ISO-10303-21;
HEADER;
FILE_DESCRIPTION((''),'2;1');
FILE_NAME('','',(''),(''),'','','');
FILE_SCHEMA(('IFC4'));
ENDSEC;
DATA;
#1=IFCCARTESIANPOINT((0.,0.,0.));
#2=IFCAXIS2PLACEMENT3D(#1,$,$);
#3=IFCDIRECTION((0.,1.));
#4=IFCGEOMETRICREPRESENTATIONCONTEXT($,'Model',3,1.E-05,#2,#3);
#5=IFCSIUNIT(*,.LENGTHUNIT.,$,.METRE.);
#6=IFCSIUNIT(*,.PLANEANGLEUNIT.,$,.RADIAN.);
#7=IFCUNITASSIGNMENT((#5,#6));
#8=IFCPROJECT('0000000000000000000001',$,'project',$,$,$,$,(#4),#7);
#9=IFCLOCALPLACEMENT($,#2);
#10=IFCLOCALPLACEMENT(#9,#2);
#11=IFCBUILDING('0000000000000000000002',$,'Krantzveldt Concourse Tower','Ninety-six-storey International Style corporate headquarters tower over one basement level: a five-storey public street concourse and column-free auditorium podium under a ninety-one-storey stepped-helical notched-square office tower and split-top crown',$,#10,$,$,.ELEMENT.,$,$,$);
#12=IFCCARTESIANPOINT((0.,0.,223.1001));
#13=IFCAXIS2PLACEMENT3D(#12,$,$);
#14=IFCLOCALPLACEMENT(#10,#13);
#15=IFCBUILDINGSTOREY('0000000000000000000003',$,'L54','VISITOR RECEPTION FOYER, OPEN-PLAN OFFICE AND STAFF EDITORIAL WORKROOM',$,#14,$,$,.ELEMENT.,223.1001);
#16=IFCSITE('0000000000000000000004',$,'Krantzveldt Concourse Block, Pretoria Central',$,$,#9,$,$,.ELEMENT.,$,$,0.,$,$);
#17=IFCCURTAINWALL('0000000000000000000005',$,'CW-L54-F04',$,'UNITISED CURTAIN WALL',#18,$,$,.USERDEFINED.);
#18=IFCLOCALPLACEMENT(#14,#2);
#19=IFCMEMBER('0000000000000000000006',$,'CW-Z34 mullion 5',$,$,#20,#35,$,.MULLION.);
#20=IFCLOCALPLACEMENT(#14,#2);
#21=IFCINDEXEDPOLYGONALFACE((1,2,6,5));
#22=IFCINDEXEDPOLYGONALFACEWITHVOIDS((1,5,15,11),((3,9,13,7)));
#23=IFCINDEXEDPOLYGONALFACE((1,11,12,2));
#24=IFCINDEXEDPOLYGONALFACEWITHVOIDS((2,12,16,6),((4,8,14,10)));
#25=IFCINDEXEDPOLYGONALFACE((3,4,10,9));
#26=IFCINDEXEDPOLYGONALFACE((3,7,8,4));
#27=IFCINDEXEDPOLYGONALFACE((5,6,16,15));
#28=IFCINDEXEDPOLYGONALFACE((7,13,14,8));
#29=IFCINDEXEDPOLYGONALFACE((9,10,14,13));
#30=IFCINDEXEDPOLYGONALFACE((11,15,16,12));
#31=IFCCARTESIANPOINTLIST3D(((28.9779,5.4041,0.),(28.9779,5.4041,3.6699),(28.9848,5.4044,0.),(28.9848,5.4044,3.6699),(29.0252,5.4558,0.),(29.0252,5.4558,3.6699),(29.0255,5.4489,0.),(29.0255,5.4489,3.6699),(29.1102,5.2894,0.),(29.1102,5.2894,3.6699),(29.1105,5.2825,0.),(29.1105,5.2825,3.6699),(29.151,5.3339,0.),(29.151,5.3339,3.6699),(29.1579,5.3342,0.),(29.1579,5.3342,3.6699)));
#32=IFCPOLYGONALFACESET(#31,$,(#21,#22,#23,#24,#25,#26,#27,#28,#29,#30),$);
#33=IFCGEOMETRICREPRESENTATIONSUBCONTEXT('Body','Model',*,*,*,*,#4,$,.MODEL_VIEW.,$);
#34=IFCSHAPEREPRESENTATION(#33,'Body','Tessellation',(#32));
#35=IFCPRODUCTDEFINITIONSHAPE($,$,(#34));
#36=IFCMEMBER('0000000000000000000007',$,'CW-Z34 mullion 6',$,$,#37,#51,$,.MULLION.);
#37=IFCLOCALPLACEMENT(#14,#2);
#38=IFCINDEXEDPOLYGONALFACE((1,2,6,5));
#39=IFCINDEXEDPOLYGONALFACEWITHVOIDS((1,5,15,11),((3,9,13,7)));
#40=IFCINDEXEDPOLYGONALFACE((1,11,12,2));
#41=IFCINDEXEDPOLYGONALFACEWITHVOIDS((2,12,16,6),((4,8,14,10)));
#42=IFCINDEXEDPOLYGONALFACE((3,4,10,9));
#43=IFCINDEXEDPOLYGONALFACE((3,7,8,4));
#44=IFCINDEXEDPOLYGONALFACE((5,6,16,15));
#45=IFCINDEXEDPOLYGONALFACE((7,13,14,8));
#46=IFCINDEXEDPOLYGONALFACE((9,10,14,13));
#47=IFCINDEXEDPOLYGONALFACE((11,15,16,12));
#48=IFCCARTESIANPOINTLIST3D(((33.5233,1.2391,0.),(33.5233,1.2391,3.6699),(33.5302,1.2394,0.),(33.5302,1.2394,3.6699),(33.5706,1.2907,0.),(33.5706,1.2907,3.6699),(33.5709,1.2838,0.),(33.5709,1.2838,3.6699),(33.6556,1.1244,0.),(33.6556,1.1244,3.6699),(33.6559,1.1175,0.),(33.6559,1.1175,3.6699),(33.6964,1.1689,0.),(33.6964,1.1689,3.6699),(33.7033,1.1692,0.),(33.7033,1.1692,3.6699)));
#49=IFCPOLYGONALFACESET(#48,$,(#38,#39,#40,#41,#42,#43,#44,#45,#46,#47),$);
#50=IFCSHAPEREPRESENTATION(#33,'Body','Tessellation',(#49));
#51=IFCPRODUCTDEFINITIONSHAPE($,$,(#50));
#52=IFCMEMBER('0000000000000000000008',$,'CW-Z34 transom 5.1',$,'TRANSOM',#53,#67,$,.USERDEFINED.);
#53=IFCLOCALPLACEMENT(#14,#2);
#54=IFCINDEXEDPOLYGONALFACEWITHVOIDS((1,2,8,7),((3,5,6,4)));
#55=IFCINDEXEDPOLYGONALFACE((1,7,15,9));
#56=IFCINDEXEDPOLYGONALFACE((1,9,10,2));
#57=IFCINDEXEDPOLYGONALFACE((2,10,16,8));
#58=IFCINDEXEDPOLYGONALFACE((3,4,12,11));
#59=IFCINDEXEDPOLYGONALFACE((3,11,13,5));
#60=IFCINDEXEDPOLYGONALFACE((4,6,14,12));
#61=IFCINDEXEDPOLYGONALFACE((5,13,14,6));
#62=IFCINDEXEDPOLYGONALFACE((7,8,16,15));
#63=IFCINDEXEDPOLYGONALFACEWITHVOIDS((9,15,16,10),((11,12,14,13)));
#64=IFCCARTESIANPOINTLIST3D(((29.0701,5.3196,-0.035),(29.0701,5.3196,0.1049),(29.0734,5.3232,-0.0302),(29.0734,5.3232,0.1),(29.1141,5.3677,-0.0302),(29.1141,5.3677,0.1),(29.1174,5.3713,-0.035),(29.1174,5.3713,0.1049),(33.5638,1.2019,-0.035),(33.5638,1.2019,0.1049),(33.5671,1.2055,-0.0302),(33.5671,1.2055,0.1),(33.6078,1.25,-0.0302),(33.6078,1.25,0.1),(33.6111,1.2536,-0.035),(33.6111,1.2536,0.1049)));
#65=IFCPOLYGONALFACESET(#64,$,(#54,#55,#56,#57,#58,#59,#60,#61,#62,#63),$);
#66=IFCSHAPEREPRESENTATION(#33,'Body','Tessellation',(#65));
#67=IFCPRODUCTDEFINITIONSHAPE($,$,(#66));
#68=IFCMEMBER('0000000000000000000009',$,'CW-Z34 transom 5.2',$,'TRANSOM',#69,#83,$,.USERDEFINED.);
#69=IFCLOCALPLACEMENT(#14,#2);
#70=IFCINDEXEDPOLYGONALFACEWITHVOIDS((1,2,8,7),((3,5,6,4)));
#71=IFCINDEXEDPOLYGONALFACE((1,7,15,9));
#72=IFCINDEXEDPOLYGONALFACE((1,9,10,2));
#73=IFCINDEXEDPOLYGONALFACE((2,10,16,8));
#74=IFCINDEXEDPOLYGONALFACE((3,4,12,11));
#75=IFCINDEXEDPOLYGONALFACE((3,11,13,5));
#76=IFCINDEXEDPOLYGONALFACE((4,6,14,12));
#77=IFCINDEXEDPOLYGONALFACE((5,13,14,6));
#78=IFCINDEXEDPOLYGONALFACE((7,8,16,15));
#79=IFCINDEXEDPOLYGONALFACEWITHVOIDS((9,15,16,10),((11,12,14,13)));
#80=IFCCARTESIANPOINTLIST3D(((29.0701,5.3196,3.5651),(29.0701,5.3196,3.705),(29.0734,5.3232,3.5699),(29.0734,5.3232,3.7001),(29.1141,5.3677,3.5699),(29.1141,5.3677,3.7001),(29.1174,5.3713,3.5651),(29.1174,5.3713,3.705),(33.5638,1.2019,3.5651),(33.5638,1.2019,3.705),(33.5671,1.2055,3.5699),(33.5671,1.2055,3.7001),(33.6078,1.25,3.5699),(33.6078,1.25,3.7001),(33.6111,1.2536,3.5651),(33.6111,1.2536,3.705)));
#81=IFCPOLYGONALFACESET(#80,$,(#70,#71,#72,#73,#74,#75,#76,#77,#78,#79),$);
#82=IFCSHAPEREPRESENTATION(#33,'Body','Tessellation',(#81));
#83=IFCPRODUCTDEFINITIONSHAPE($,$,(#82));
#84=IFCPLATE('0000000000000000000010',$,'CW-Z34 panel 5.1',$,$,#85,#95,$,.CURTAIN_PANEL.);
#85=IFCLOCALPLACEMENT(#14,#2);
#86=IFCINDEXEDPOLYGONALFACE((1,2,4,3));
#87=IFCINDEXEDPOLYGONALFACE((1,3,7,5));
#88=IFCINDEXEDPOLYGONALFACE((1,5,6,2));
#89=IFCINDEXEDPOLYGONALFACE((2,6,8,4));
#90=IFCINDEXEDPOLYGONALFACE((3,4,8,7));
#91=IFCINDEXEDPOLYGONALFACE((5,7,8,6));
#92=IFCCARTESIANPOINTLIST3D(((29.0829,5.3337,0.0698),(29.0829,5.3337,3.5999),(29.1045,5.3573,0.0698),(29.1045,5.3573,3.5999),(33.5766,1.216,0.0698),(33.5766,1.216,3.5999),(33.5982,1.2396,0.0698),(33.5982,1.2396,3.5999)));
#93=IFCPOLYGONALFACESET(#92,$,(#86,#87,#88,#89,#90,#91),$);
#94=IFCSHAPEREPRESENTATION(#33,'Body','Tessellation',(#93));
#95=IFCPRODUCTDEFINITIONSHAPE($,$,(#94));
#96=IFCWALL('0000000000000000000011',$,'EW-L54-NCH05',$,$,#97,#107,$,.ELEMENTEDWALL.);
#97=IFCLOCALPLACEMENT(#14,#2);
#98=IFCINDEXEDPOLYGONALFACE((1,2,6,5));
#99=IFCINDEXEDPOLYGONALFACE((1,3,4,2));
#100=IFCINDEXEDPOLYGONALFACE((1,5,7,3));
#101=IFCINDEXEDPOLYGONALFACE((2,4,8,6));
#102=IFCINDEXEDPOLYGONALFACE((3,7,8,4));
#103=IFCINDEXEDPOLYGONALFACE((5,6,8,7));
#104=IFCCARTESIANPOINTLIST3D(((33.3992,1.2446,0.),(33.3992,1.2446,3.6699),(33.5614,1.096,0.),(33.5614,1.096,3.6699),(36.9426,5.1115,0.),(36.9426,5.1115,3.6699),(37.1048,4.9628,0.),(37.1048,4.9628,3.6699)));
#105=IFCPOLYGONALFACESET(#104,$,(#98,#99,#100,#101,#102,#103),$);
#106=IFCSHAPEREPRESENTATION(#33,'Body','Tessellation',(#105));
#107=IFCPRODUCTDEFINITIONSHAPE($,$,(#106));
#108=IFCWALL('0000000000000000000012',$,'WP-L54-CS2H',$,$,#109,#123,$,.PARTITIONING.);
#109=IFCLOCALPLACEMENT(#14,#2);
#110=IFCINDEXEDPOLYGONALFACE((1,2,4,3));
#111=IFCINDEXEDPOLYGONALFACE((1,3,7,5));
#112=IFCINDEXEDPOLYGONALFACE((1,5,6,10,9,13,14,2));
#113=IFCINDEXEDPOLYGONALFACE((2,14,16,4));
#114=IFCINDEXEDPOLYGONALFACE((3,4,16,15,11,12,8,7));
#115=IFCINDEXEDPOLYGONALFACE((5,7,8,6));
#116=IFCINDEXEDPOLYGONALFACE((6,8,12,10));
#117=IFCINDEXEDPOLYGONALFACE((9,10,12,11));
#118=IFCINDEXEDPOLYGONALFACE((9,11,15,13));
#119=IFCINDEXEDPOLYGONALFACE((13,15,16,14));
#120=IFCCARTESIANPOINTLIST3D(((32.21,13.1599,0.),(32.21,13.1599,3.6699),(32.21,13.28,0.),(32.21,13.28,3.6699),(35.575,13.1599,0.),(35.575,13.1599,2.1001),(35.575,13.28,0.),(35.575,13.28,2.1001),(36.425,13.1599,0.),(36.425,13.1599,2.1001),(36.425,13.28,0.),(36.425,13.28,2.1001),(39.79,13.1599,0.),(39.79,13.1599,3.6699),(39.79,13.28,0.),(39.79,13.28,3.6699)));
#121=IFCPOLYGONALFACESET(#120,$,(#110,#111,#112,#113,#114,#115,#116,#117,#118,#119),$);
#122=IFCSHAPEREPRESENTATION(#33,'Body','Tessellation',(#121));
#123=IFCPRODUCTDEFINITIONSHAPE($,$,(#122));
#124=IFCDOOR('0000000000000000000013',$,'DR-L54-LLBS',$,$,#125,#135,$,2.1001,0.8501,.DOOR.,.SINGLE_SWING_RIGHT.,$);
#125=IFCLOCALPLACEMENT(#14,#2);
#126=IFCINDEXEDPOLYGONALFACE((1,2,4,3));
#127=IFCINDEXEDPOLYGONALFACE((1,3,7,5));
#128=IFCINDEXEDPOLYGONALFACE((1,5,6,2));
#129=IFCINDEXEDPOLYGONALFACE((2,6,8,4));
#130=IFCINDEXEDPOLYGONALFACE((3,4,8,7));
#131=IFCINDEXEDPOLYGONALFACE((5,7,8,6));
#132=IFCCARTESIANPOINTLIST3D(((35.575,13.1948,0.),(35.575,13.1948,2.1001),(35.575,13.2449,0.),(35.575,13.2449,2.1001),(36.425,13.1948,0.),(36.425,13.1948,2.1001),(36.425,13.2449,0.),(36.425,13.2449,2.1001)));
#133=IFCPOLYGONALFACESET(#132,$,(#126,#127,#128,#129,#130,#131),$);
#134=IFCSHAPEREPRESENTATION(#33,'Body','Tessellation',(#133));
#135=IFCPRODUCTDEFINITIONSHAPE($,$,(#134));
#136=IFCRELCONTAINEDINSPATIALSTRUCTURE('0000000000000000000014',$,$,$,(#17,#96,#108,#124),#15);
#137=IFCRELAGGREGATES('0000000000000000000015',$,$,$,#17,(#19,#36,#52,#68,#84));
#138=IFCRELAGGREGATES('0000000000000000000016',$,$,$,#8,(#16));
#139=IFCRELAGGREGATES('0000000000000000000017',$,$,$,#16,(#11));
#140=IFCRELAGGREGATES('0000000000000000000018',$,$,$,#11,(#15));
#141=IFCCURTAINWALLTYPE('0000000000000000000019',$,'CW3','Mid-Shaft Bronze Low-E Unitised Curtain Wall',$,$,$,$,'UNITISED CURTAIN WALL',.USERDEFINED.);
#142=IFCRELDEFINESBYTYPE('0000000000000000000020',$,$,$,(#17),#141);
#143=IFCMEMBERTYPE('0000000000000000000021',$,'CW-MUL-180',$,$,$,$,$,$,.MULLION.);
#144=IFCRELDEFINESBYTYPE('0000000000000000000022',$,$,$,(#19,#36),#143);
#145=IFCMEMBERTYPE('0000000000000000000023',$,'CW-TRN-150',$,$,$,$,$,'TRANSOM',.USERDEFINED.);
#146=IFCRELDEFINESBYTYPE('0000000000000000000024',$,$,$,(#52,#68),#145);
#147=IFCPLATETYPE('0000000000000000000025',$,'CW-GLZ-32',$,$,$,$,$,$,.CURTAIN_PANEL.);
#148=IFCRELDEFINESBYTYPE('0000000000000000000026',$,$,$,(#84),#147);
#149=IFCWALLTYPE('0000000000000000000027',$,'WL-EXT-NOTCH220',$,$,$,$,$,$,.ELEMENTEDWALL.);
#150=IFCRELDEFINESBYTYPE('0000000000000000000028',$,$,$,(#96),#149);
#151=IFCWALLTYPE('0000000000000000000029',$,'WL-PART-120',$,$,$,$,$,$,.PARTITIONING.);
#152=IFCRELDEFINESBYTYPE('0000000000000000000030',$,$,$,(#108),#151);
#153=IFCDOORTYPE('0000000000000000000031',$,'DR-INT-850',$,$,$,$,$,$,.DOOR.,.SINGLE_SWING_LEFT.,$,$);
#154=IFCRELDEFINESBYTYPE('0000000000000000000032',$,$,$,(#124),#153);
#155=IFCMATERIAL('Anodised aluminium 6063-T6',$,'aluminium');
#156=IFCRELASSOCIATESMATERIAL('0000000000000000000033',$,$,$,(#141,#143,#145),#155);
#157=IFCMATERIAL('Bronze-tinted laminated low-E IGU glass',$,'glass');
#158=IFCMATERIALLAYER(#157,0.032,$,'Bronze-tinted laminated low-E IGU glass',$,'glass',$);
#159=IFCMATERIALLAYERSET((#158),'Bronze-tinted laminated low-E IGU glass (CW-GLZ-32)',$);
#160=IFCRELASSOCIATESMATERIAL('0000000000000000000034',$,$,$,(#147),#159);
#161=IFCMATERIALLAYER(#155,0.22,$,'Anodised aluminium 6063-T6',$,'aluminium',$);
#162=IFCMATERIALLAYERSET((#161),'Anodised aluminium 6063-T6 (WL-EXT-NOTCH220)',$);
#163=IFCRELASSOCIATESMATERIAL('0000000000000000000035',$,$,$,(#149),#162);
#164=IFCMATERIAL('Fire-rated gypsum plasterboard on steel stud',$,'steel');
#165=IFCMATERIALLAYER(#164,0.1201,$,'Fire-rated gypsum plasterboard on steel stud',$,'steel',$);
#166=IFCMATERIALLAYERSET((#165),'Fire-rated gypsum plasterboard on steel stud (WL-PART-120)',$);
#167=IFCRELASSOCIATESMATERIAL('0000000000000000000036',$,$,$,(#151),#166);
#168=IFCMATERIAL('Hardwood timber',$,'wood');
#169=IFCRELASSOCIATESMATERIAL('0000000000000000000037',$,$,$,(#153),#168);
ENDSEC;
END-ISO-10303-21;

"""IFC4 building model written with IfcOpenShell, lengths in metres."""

from ifc_helpers import new_model, si_unit, direction, frame, frame_2d, origin, origin_2d, place, context, subcontext, project, spatial, rectangle, hollow_rectangle, extrude, source, transform, mapped, material, layer, layer_set, material_profile, profile_set, type_object, type_shapes, element, fill, aggregate, save


model = new_model("IFC4")

# Units and contexts
model_context = context("Model", 3, precision=1e-05, world=origin(), true_north=direction((0.0, 1.0)))
body_context = subcontext(model_context, "Body", "Model", "MODEL_VIEW")
ifc_project = project(units=[si_unit("LENGTHUNIT", "METRE"), si_unit("PLANEANGLEUNIT", "RADIAN")], contexts=[model_context])

# Site, building, storey
site_placement = place(None, origin())
site = spatial("IfcSite", under=ifc_project, at=site_placement, Name="Krantzveldt Concourse Block, Pretoria Central", CompositionType="ELEMENT", RefElevation=0.0)
building_placement = place(site_placement, origin())
building = spatial("IfcBuilding", under=site, at=building_placement, Name="Krantzveldt Concourse Tower", Description="Ninety-six-storey International Style corporate headquarters tower over one basement level: a five-storey public street concourse and column-free auditorium podium under a ninety-one-storey stepped-helical notched-square office tower and split-top crown", CompositionType="ELEMENT")
storey_placement = place(building_placement, frame((0.0, 0.0, 223.1001)))
storey = spatial("IfcBuildingStorey", under=building, at=storey_placement, Name="L54", Description="VISITOR RECEPTION FOYER, OPEN-PLAN OFFICE AND STAFF EDITORIAL WORKROOM", CompositionType="ELEMENT", Elevation=223.1001)

# Curtain wall, members, plate
ifc_material_1 = material(Name="Anodised aluminium 6063-T6", Category="aluminium")
curtain_wall_type = type_object("IfcCurtainWallType", Name="CW3", Description="Mid-Shaft Bronze Low-E Unitised Curtain Wall", ElementType="UNITISED CURTAIN WALL", PredefinedType="USERDEFINED", material=ifc_material_1)
curtain_wall_placement = place(storey_placement, origin())
curtain_wall = element("IfcCurtainWall", 1, at=curtain_wall_placement, inside=storey, type_object=curtain_wall_type, Name="CW-L54-F04", ObjectType="UNITISED CURTAIN WALL", PredefinedType="USERDEFINED")
ifc_material_profile_1 = material_profile(ifc_material_1, hollow_rectangle(XDim=0.0701, YDim=0.1799, WallThickness=0.0049, at=origin_2d()), Name="Anodised aluminium 6063-T6", Category="aluminium")
ifc_profile_set_1 = profile_set([ifc_material_profile_1], Name="Anodised aluminium 6063-T6 - ALU-MULL 180x70x5")
member_type_1 = type_object("IfcMemberType", Name="CW-MUL-180", PredefinedType="MULLION", material=ifc_profile_set_1)
shared_shape_1 = source(origin(), body_context, "Body", "SweptSolid", [
    extrude(hollow_rectangle(XDim=0.0701, YDim=0.1799, WallThickness=0.0049, at=origin_2d()), origin(), (0.0, 0.0, 1.0), 3.6699),
])
type_shapes(member_type_1, [shared_shape_1])
member_1_placement = place(storey_placement, frame((29.0679, 5.3691, 0.0), z_axis=(0.0, 0.0, 1.0), x_axis=(0.67559, 0.737277, 0.0)))
member_1 = element("IfcMember", 2, at=member_1_placement, type_object=member_type_1, Name="CW-Z34 mullion 5", PredefinedType="MULLION", context=body_context, shape_type="MappedRepresentation", body=[
    mapped(shared_shape_1, transform((0.0, 0.0, 0.0), x_axis=(1.0, 0.0, 0.0), y_axis=(0.0, 1.0, 0.0), z_axis=(0.0, 0.0, 1.0), scale=1.0)),
])
member_2_placement = place(storey_placement, frame((33.6133, 1.2041, 0.0), z_axis=(0.0, 0.0, 1.0), x_axis=(0.67559, 0.737277, 0.0)))
member_2 = element("IfcMember", 3, at=member_2_placement, type_object=member_type_1, Name="CW-Z34 mullion 6", PredefinedType="MULLION", context=body_context, shape_type="MappedRepresentation", body=[
    mapped(shared_shape_1, transform((0.0, 0.0, 0.0), x_axis=(1.0, 0.0, 0.0), y_axis=(0.0, 1.0, 0.0), z_axis=(0.0, 0.0, 1.0), scale=1.0)),
])
ifc_material_profile_2 = material_profile(ifc_material_1, hollow_rectangle(XDim=0.0701, YDim=0.1399, WallThickness=0.0049, at=origin_2d()), Name="Anodised aluminium 6063-T6", Category="aluminium")
ifc_profile_set_2 = profile_set([ifc_material_profile_2], Name="Anodised aluminium 6063-T6 - ALU-TRAN 140x70x5")
member_type_2 = type_object("IfcMemberType", Name="CW-TRN-150", ElementType="TRANSOM", PredefinedType="USERDEFINED", material=ifc_profile_set_2)
shared_shape_2 = source(origin(), body_context, "Body", "SweptSolid", [
    extrude(hollow_rectangle(XDim=0.0701, YDim=0.1399, WallThickness=0.0049, at=origin_2d()), origin(), (0.0, 0.0, 1.0), 6.095),
])
type_shapes(member_type_2, [shared_shape_2])
member_3_placement = place(storey_placement, frame((29.0938, 5.3455, 0.0349), z_axis=(0.737277, -0.67559, 0.0), x_axis=(0.67559, 0.737277, 0.0)))
member_3 = element("IfcMember", 4, at=member_3_placement, type_object=member_type_2, Name="CW-Z34 transom 5.1", ObjectType="TRANSOM", PredefinedType="USERDEFINED", context=body_context, shape_type="MappedRepresentation", body=[
    mapped(shared_shape_2, transform((0.0, 0.0, 0.0), x_axis=(1.0, 0.0, 0.0), y_axis=(0.0, 1.0, 0.0), z_axis=(0.0, 0.0, 1.0), scale=1.0)),
])
member_4_placement = place(storey_placement, frame((29.0938, 5.3455, 3.635), z_axis=(0.737277, -0.67559, 0.0), x_axis=(0.67559, 0.737277, 0.0)))
member_4 = element("IfcMember", 5, at=member_4_placement, type_object=member_type_2, Name="CW-Z34 transom 5.2", ObjectType="TRANSOM", PredefinedType="USERDEFINED", context=body_context, shape_type="MappedRepresentation", body=[
    mapped(shared_shape_2, transform((0.0, 0.0, 0.0), x_axis=(1.0, 0.0, 0.0), y_axis=(0.0, 1.0, 0.0), z_axis=(0.0, 0.0, 1.0), scale=1.0)),
])
ifc_material_2 = material(Name="Bronze-tinted laminated low-E IGU glass", Category="glass")
ifc_layer_1 = layer(ifc_material_2, 0.032, Name="Bronze-tinted laminated low-E IGU glass", Category="glass")
ifc_layer_set_1 = layer_set([ifc_layer_1], Name="Bronze-tinted laminated low-E IGU glass (CW-GLZ-32)")
plate_type = type_object("IfcPlateType", Name="CW-GLZ-32", PredefinedType="CURTAIN_PANEL", material=ifc_layer_set_1)
shared_shape_3 = source(origin(), body_context, "Body", "SweptSolid", [
    extrude(rectangle(XDim=6.095, YDim=0.032, at=origin_2d()), origin(), (0.0, 0.0, 1.0), 3.53),
])
type_shapes(plate_type, [shared_shape_3])
plate_placement = place(storey_placement, frame((31.3406, 3.2866, 0.0698), z_axis=(0.0, 0.0, 1.0), x_axis=(0.737277, -0.67559, 0.0)))
plate = element("IfcPlate", 6, at=plate_placement, type_object=plate_type, Name="CW-Z34 panel 5.1", PredefinedType="CURTAIN_PANEL", context=body_context, shape_type="MappedRepresentation", body=[
    mapped(shared_shape_3, transform((0.0, 0.0, 0.0), x_axis=(1.0, 0.0, 0.0), y_axis=(0.0, 1.0, 0.0), z_axis=(0.0, 0.0, 1.0), scale=1.0)),
])
aggregate(curtain_wall, [member_1, member_2, member_3, member_4, plate])

# Wall
ifc_layer_2 = layer(ifc_material_1, 0.22, Name="Anodised aluminium 6063-T6", Category="aluminium")
ifc_layer_set_2 = layer_set([ifc_layer_2], Name="Anodised aluminium 6063-T6 (WL-EXT-NOTCH220)")
wall_type_1 = type_object("IfcWallType", Name="WL-EXT-NOTCH220", PredefinedType="ELEMENTEDWALL", material=ifc_layer_set_2)
wall_1_placement = place(storey_placement, frame((33.4802, 1.1702, 0.0), z_axis=(0.0, 0.0, 1.0), x_axis=(0.675596, 0.737272, 0.0)))
element("IfcWall", 7, at=wall_1_placement, inside=storey, type_object=wall_type_1, Name="EW-L54-NCH05", PredefinedType="ELEMENTEDWALL", context=body_context, shape_type="SweptSolid", body=[
    extrude(rectangle(XDim=5.2449, YDim=0.22, at=frame_2d((2.6226, 0.0))), origin(), (0.0, 0.0, 1.0), 3.6699),
])

# Wall, opening, door
ifc_material_3 = material(Name="Fire-rated gypsum plasterboard on steel stud", Category="steel")
ifc_layer_3 = layer(ifc_material_3, 0.1201, Name="Fire-rated gypsum plasterboard on steel stud", Category="steel")
ifc_layer_set_3 = layer_set([ifc_layer_3], Name="Fire-rated gypsum plasterboard on steel stud (WL-PART-120)")
wall_type_2 = type_object("IfcWallType", Name="WL-PART-120", PredefinedType="PARTITIONING", material=ifc_layer_set_3)
wall_2_placement = place(storey_placement, frame((32.21, 13.22, 0.0), z_axis=(0.0, 0.0, 1.0), x_axis=(1.0, 0.0, 0.0)))
wall_2 = element("IfcWall", 8, at=wall_2_placement, inside=storey, type_object=wall_type_2, Name="WP-L54-CS2H", PredefinedType="PARTITIONING", context=body_context, shape_type="SweptSolid", body=[
    extrude(rectangle(XDim=7.5801, YDim=0.1201, at=frame_2d((3.79, 0.0))), origin(), (0.0, 0.0, 1.0), 3.6699),
])
opening_1_placement = place(wall_2_placement, frame((3.365, 0.0, 0.0)))
opening_1 = element("IfcOpeningElement", 9, at=opening_1_placement, cuts=wall_2, PredefinedType="OPENING", context=body_context, shape_type="SweptSolid", body=[
    extrude(rectangle(XDim=0.8501, YDim=2.1001, at=frame_2d((0.425, 1.05))), frame((0.0, 0.0701, 0.0), z_axis=(0.0, -1.0, 0.0), x_axis=(1.0, 0.0, 0.0)), (0.0, 0.0, 1.0), 0.1401),
])
ifc_material_4 = material(Name="Hardwood timber", Category="wood")
door_type_1 = type_object("IfcDoorType", Name="DR-INT-850", OperationType="SINGLE_SWING_LEFT", PredefinedType="DOOR", material=ifc_material_4)
door_1_placement = place(opening_1_placement, origin())
door_1 = element("IfcDoor", 10, at=door_1_placement, inside=storey, type_object=door_type_1, Name="DR-L54-LLBS", OperationType="SINGLE_SWING_RIGHT", OverallHeight=2.1001, OverallWidth=0.8501, PredefinedType="DOOR", context=body_context, shape_type="SweptSolid", body=[
    extrude(rectangle(XDim=0.8501, YDim=2.1001, at=frame_2d((0.425, 1.05))), frame((0.0, 0.0249, 0.0), z_axis=(0.0, -1.0, 0.0), x_axis=(1.0, 0.0, 0.0)), (0.0, 0.0, 1.0), 0.05),
])
fill(opening_1, door_1)

save(model, "model.ifc")
